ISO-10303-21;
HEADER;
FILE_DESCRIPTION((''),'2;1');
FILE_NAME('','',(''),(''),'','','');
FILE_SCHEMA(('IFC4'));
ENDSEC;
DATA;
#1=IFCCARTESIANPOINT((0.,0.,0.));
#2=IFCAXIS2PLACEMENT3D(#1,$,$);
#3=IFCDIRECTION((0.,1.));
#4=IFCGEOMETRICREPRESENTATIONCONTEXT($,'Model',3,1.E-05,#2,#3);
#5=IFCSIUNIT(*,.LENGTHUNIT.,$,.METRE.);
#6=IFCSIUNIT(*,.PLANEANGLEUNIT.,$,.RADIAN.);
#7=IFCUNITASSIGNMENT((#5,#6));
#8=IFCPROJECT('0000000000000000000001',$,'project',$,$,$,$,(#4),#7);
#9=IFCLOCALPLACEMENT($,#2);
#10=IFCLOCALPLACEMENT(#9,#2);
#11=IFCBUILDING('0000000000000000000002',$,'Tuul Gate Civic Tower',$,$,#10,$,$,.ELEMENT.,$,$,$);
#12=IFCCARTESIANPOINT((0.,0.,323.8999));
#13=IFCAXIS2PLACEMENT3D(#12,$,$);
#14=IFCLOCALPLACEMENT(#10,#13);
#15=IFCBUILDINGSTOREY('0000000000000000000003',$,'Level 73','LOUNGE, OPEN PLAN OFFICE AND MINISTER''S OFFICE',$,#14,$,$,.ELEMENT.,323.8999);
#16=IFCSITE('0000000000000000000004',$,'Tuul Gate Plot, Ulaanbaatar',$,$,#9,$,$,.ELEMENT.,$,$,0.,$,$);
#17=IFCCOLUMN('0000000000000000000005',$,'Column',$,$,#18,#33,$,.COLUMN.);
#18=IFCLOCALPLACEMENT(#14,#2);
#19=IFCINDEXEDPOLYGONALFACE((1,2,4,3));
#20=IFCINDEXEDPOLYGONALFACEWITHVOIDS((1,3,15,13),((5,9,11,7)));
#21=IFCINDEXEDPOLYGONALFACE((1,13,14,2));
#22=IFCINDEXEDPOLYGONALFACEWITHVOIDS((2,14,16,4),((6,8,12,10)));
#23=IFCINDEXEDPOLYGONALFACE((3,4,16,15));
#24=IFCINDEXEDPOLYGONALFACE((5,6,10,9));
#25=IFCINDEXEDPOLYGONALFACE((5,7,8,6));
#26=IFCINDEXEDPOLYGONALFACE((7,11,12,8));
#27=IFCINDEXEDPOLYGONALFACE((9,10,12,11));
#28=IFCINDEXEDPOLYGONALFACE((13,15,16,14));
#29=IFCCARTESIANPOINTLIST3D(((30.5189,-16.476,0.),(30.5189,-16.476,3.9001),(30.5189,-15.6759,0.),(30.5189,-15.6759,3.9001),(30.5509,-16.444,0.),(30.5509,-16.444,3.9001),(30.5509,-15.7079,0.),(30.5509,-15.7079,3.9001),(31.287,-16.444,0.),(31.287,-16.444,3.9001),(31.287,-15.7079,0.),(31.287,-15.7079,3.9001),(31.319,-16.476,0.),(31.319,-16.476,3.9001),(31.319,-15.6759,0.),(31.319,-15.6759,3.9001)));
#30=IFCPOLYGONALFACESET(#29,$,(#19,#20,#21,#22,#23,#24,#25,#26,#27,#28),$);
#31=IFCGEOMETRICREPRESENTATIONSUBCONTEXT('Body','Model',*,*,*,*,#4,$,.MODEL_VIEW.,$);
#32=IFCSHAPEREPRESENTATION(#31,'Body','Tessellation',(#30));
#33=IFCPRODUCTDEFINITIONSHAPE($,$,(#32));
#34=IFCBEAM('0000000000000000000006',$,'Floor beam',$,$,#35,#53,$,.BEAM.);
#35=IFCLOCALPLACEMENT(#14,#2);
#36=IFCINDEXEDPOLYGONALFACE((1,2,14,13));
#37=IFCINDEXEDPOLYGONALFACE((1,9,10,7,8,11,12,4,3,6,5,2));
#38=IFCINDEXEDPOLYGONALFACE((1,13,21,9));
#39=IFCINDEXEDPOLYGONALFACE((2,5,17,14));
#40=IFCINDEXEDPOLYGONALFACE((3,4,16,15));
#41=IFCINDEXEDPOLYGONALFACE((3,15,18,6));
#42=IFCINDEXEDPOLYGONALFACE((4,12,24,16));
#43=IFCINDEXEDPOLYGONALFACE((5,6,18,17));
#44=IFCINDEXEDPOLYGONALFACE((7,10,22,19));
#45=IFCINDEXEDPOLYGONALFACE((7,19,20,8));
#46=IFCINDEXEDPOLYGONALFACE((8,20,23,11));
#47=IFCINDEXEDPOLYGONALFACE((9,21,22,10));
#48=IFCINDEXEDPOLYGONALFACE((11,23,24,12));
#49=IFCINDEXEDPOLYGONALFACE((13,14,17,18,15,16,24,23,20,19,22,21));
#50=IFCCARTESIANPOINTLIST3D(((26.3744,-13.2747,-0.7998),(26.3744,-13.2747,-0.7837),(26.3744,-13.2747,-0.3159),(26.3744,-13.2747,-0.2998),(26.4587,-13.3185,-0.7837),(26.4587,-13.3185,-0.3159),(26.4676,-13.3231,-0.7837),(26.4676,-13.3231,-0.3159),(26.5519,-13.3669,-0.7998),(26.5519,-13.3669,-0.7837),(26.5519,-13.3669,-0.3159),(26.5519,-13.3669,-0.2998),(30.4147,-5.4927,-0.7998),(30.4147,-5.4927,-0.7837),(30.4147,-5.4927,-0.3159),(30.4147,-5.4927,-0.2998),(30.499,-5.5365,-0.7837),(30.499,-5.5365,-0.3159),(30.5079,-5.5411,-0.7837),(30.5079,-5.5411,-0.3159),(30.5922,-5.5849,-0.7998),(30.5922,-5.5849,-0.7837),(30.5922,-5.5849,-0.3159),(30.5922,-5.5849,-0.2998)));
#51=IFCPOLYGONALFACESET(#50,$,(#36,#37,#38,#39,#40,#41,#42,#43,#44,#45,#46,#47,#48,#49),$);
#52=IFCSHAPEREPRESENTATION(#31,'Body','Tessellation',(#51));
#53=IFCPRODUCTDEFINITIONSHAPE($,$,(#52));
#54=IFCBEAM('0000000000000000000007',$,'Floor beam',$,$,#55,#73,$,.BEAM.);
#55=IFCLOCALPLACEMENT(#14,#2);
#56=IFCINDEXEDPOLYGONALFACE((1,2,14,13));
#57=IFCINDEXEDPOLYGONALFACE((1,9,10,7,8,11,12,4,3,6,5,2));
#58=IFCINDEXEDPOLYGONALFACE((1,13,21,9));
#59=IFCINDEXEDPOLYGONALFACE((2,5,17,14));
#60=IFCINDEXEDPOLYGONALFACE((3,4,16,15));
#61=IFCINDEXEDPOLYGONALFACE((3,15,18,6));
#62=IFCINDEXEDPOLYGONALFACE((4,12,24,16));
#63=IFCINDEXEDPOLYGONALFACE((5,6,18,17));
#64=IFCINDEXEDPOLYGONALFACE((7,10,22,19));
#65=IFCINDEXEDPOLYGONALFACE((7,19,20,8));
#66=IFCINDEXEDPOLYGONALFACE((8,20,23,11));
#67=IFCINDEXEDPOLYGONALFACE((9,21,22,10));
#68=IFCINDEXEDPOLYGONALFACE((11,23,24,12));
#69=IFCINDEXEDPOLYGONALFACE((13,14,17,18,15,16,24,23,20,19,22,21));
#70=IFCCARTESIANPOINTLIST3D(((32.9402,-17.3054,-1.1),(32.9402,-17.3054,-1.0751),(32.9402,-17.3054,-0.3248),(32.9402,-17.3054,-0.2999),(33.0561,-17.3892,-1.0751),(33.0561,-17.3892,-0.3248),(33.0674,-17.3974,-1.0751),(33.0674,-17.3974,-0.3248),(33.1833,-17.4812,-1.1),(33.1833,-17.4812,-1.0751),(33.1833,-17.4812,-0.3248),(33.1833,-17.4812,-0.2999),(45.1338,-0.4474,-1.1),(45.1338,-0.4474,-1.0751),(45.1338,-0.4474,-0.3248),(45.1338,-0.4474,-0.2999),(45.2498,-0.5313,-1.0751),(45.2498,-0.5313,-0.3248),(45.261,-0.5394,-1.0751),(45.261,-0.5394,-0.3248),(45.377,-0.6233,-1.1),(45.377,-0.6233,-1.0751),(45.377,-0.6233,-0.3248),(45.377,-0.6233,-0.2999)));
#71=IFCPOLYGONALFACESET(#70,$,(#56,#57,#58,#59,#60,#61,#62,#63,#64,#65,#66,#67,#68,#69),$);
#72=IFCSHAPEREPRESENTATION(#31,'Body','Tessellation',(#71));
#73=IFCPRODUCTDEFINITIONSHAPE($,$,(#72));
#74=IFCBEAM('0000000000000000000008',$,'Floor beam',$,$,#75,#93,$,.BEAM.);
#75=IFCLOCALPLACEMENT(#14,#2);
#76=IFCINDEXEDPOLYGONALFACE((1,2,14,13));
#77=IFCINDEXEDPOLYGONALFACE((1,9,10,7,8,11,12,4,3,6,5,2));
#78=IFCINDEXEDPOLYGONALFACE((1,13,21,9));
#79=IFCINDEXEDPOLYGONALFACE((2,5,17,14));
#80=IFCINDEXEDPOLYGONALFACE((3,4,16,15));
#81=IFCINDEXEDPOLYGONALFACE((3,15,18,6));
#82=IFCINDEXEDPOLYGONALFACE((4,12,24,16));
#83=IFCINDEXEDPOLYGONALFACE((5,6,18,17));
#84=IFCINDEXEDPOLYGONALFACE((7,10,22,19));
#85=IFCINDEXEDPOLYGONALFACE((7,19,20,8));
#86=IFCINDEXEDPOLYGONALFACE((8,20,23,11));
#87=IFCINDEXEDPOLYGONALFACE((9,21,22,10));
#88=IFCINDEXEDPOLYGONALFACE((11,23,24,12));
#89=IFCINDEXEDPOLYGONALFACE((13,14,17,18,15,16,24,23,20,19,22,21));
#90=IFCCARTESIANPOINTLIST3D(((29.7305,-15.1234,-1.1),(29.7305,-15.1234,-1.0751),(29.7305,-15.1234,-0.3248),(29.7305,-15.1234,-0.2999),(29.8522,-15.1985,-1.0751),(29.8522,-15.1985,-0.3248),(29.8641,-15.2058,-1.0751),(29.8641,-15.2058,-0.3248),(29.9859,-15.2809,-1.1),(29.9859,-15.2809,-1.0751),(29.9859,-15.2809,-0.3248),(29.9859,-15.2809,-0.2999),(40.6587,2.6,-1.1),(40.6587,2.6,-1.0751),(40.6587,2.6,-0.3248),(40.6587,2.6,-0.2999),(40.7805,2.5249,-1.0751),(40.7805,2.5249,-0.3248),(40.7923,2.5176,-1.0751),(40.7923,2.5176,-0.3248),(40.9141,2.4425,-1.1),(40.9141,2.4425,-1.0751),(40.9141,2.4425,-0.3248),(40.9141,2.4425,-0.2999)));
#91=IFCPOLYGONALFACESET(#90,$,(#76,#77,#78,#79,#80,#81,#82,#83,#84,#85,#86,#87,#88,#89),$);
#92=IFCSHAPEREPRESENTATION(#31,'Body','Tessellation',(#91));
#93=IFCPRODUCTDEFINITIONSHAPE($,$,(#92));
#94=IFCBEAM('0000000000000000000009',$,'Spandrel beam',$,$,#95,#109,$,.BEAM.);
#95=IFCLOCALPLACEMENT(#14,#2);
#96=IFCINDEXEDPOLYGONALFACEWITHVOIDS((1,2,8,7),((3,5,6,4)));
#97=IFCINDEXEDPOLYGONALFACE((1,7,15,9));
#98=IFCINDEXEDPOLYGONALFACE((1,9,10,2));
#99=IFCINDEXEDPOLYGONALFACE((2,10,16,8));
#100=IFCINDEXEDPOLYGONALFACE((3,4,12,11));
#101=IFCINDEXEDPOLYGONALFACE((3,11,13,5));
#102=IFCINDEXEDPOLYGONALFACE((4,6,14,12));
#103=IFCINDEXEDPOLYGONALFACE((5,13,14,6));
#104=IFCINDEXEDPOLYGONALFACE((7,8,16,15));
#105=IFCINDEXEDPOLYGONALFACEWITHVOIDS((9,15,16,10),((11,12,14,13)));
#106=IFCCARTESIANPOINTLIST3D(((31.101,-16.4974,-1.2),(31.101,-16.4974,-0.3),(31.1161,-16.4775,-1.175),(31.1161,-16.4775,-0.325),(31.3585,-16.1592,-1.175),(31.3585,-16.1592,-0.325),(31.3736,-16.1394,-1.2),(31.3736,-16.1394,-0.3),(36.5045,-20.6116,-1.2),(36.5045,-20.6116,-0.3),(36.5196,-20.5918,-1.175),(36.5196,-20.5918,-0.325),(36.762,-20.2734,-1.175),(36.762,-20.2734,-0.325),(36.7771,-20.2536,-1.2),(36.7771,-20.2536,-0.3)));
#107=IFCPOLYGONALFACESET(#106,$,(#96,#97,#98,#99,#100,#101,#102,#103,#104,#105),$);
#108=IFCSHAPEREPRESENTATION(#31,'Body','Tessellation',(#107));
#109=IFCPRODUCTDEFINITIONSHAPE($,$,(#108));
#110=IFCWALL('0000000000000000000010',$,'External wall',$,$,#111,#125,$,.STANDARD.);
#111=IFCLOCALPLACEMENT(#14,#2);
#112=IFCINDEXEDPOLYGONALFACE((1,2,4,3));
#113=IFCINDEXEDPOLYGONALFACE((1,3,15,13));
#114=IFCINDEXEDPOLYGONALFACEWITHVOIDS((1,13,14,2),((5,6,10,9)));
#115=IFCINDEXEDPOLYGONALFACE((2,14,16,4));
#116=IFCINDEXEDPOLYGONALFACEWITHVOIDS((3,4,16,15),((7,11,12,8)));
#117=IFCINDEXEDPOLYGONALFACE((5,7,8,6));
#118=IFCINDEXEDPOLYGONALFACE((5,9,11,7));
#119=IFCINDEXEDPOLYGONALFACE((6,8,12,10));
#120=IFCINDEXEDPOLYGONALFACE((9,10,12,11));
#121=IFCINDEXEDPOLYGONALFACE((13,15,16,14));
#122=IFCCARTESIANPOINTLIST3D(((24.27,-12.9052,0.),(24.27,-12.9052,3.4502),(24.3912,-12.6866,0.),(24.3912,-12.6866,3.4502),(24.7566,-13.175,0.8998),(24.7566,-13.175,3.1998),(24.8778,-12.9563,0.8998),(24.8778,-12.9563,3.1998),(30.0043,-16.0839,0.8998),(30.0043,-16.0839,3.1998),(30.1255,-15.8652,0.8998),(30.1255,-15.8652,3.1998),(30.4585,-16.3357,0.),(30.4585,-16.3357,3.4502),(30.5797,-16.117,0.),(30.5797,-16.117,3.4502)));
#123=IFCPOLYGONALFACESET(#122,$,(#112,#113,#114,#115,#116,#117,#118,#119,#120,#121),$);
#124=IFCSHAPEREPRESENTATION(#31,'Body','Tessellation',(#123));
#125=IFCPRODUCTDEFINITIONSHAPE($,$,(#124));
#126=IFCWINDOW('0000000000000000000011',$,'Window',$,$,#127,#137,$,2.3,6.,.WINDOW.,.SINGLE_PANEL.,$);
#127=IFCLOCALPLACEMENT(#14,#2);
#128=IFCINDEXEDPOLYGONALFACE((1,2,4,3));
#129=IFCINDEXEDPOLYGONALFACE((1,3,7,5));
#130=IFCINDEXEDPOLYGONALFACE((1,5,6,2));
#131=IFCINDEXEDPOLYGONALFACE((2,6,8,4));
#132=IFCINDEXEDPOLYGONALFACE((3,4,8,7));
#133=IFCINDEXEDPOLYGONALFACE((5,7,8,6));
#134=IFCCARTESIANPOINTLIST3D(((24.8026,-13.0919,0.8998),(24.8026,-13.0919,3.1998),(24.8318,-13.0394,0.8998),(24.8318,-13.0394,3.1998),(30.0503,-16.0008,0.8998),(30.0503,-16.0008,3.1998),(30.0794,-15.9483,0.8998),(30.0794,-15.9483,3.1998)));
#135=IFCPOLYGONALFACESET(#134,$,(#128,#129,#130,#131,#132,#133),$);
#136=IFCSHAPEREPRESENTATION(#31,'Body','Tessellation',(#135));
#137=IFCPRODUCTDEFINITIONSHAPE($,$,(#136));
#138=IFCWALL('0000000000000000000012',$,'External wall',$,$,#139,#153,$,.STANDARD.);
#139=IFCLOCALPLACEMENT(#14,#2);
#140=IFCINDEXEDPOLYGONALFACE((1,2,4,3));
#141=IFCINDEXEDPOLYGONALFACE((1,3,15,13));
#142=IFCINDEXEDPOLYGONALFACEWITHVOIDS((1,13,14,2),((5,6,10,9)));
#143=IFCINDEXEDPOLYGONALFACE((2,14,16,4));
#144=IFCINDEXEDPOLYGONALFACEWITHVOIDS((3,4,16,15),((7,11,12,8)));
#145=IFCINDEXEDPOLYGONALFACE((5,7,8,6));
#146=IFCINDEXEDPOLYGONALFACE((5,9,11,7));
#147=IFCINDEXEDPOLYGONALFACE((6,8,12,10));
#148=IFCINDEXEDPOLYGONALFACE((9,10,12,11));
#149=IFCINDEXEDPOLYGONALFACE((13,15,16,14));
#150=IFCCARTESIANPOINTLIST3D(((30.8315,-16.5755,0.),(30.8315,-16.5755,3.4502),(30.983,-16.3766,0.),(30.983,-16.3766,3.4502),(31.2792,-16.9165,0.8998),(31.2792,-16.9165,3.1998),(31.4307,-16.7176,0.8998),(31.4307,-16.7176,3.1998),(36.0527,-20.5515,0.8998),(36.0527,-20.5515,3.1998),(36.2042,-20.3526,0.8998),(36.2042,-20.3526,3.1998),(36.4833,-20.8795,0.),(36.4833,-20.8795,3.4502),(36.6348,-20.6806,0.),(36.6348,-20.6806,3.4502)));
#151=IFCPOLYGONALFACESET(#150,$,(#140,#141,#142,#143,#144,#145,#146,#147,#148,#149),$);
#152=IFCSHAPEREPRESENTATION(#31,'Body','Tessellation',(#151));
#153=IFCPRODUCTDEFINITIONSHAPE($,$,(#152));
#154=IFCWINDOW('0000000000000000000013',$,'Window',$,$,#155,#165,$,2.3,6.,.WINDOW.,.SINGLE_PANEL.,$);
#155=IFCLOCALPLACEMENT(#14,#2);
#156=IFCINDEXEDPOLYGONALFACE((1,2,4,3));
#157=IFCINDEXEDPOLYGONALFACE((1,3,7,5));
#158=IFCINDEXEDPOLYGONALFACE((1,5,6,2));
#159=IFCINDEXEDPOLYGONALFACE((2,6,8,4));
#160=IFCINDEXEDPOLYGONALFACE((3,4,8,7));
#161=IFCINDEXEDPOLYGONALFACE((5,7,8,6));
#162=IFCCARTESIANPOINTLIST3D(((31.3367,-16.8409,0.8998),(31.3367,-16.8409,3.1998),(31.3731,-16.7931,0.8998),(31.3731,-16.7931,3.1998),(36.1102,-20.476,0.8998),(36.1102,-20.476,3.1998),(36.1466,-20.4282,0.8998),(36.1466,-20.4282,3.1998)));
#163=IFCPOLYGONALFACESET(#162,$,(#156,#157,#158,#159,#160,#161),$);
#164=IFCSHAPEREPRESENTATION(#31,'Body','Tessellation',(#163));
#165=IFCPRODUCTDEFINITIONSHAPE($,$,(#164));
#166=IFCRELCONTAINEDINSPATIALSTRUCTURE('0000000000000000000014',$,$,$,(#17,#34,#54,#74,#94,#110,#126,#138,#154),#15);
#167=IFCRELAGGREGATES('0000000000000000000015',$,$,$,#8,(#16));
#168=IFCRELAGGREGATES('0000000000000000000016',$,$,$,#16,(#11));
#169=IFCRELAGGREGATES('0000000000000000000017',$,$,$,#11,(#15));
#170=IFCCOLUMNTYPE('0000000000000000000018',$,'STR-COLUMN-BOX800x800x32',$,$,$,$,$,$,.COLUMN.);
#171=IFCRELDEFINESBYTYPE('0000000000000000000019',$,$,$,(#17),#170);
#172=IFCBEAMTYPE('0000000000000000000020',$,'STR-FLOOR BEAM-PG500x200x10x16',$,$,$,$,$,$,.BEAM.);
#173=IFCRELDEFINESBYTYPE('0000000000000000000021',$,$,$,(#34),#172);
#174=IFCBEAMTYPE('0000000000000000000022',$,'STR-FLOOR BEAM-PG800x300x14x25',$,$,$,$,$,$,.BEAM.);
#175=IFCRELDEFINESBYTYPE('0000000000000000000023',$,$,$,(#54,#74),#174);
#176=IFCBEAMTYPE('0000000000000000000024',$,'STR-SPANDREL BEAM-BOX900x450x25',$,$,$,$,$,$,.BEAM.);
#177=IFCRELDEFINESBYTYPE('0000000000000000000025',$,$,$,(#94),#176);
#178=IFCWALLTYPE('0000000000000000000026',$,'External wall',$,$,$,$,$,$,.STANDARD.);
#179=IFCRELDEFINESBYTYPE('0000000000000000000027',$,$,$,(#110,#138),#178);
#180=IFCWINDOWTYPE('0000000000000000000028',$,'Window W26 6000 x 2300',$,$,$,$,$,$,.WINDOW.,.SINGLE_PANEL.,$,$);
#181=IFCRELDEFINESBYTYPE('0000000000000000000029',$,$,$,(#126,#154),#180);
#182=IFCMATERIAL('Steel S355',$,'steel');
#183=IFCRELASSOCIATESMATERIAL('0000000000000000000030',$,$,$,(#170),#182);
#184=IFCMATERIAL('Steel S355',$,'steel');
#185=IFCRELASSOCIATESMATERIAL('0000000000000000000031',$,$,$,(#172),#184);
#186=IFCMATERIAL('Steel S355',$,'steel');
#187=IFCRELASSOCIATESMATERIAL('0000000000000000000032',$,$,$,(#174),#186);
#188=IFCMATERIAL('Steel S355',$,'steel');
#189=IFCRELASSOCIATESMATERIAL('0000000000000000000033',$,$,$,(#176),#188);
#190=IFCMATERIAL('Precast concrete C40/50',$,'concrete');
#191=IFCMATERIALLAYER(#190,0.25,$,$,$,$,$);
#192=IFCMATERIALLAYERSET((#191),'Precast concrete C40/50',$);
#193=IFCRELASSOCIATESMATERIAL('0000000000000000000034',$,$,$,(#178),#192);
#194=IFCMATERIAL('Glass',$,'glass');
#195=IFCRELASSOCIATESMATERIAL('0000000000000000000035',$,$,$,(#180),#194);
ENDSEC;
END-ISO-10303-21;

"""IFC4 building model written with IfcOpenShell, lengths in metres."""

from ifc_helpers import new_model, si_unit, direction, frame, frame_2d, origin, origin_2d, place, context, subcontext, project, spatial, rectangle, hollow_rectangle, i_section, extrude, material, layer, layer_set, material_profile, profile_set, type_object, element, fill, save


model = new_model("IFC4")

# Units and contexts
model_context = context("Model", 3, precision=1e-05, world=origin(), true_north=direction((0.0, 1.0)))
body_context = subcontext(model_context, "Body", "Model", "MODEL_VIEW")
ifc_project = project(units=[si_unit("LENGTHUNIT", "METRE"), si_unit("PLANEANGLEUNIT", "RADIAN")], contexts=[model_context])

# Site, building, storey
site_placement = place(None, origin())
site = spatial("IfcSite", under=ifc_project, at=site_placement, Name="Tuul Gate Plot, Ulaanbaatar", CompositionType="ELEMENT", RefElevation=0.0)
building_placement = place(site_placement, origin())
building = spatial("IfcBuilding", under=site, at=building_placement, Name="Tuul Gate Civic Tower", CompositionType="ELEMENT")
storey_placement = place(building_placement, frame((0.0, 0.0, 323.8999)))
storey = spatial("IfcBuildingStorey", under=building, at=storey_placement, Name="Level 73", Description="LOUNGE, OPEN PLAN OFFICE AND MINISTER'S OFFICE", CompositionType="ELEMENT", Elevation=323.8999)

# Column
ifc_material_1 = material(Name="Steel S355", Category="steel")
ifc_material_profile_1 = material_profile(ifc_material_1, hollow_rectangle(XDim=0.8, YDim=0.8, WallThickness=0.032, at=origin_2d()), Name="BOX800x800x32")
ifc_profile_set_1 = profile_set([ifc_material_profile_1], Name="Steel S355")
column_type = type_object("IfcColumnType", Name="STR-COLUMN-BOX800x800x32", PredefinedType="COLUMN", material=ifc_profile_set_1)
column_placement = place(storey_placement, frame((30.9189, -16.0759, 0.0), z_axis=(0.0, 0.0, 1.0), x_axis=(1.0, 0.0, 0.0)))
element("IfcColumn", 1, at=column_placement, inside=storey, type_object=column_type, Name="Column", PredefinedType="COLUMN", context=body_context, shape_type="SweptSolid", body=[
    extrude(hollow_rectangle(XDim=0.8, YDim=0.8, WallThickness=0.032, at=origin_2d()), origin(), (0.0, 0.0, 1.0), 3.9001),
])

# Beams
ifc_material_2 = material(Name="Steel S355", Category="steel")
ifc_material_profile_2 = material_profile(ifc_material_2, i_section(OverallWidth=0.2, OverallDepth=0.5, WebThickness=0.01, FlangeThickness=0.0161, at=origin_2d()), Name="PG500x200x10x16")
ifc_profile_set_2 = profile_set([ifc_material_profile_2], Name="Steel S355")
beam_type_1 = type_object("IfcBeamType", Name="STR-FLOOR BEAM-PG500x200x10x16", PredefinedType="BEAM", material=ifc_profile_set_2)
beam_1_placement = place(storey_placement, frame((26.4631, -13.3208, -0.5498), z_axis=(0.460783, 0.887513, 0.0), x_axis=(-0.887513, 0.460783, 0.0)))
element("IfcBeam", 2, at=beam_1_placement, inside=storey, type_object=beam_type_1, Name="Floor beam", PredefinedType="BEAM", context=body_context, shape_type="SweptSolid", body=[
    extrude(i_section(OverallWidth=0.2, OverallDepth=0.5, WebThickness=0.01, FlangeThickness=0.0161, at=origin_2d()), origin(), (0.0, 0.0, 1.0), 8.7683),
])
ifc_material_3 = material(Name="Steel S355", Category="steel")
ifc_material_profile_3 = material_profile(ifc_material_3, i_section(OverallWidth=0.3, OverallDepth=0.8, WebThickness=0.0139, FlangeThickness=0.0249, at=origin_2d()), Name="PG800x300x14x25")
ifc_profile_set_3 = profile_set([ifc_material_profile_3], Name="Steel S355")
beam_type_2 = type_object("IfcBeamType", Name="STR-FLOOR BEAM-PG800x300x14x25", PredefinedType="BEAM", material=ifc_profile_set_3)
beam_2_placement = place(storey_placement, frame((33.0618, -17.3933, -0.7), z_axis=(0.586073, 0.810258, 0.0), x_axis=(-0.810258, 0.586073, 0.0)))
element("IfcBeam", 3, at=beam_2_placement, inside=storey, type_object=beam_type_2, Name="Floor beam", PredefinedType="BEAM", context=body_context, shape_type="SweptSolid", body=[
    extrude(i_section(OverallWidth=0.3, OverallDepth=0.8, WebThickness=0.0139, FlangeThickness=0.0249, at=origin_2d()), origin(), (0.0, 0.0, 1.0), 20.8057),
])
beam_3_placement = place(storey_placement, frame((29.8582, -15.2021, -0.7), z_axis=(0.524847, 0.851197, 0.0), x_axis=(-0.851197, 0.524847, 0.0)))
element("IfcBeam", 4, at=beam_3_placement, inside=storey, type_object=beam_type_2, Name="Floor beam", PredefinedType="BEAM", context=body_context, shape_type="SweptSolid", body=[
    extrude(i_section(OverallWidth=0.3, OverallDepth=0.8, WebThickness=0.0139, FlangeThickness=0.0249, at=origin_2d()), origin(), (0.0, 0.0, 1.0), 20.8218),
])
ifc_material_4 = material(Name="Steel S355", Category="steel")
ifc_material_profile_4 = material_profile(ifc_material_4, hollow_rectangle(XDim=0.45, YDim=0.8999, WallThickness=0.0249, at=origin_2d()), Name="BOX900x450x25")
ifc_profile_set_4 = profile_set([ifc_material_profile_4], Name="Steel S355")
beam_type_3 = type_object("IfcBeamType", Name="STR-SPANDREL BEAM-BOX900x450x25", PredefinedType="BEAM", material=ifc_profile_set_4)
beam_4_placement = place(storey_placement, frame((31.2373, -16.3184, -0.75), z_axis=(0.795626, -0.605788, 0.0), x_axis=(0.605788, 0.795626, 0.0)))
element("IfcBeam", 5, at=beam_4_placement, inside=storey, type_object=beam_type_3, Name="Spandrel beam", PredefinedType="BEAM", context=body_context, shape_type="SweptSolid", body=[
    extrude(hollow_rectangle(XDim=0.45, YDim=0.8999, WallThickness=0.0249, at=origin_2d()), origin(), (0.0, 0.0, 1.0), 6.7915),
])

# Walls, openings, windows
ifc_material_5 = material(Name="Precast concrete C40/50", Category="concrete")
ifc_layer_1 = layer(ifc_material_5, 0.25)
ifc_layer_set_1 = layer_set([ifc_layer_1], Name="Precast concrete C40/50")
wall_type_1 = type_object("IfcWallType", Name="External wall", PredefinedType="STANDARD", material=ifc_layer_set_1)
wall_1_placement = place(storey_placement, frame((24.3306, -12.7959, 0.0), z_axis=(0.0, 0.0, 1.0), x_axis=(0.874614, -0.484819, 0.0)))
wall_1 = element("IfcWall", 6, at=wall_1_placement, inside=storey, type_object=wall_type_1, Name="External wall", PredefinedType="STANDARD", context=body_context, shape_type="SweptSolid", body=[
    extrude(rectangle(XDim=7.0757, YDim=0.25, at=frame_2d((3.5378, 0.0))), origin(), (0.0, 0.0, 1.0), 3.4502),
])
opening_1_placement = place(wall_1_placement, frame((0.5564, 0.0, 0.8999)))
opening_1 = element("IfcOpeningElement", 7, at=opening_1_placement, cuts=wall_1, PredefinedType="OPENING", context=body_context, shape_type="SweptSolid", body=[
    extrude(rectangle(XDim=6.0, YDim=2.3, at=frame_2d((3.0, 1.1499))), frame((0.0, 0.135, 0.0), z_axis=(0.0, -1.0, 0.0), x_axis=(1.0, 0.0, 0.0)), (0.0, 0.0, 1.0), 0.27),
])
ifc_material_6 = material(Name="Glass", Category="glass")
window_type = type_object("IfcWindowType", Name="Window W26 6000 x 2300", PartitioningType="SINGLE_PANEL", PredefinedType="WINDOW", material=ifc_material_6)
window_1_placement = place(opening_1_placement, origin())
window_1 = element("IfcWindow", 8, at=window_1_placement, inside=storey, type_object=window_type, Name="Window", OverallHeight=2.3, OverallWidth=6.0, PartitioningType="SINGLE_PANEL", PredefinedType="WINDOW", context=body_context, shape_type="SweptSolid", body=[
    extrude(rectangle(XDim=6.0, YDim=2.3, at=frame_2d((3.0, 1.1499))), frame((0.0, 0.03, 0.0), z_axis=(0.0, -1.0, 0.0), x_axis=(1.0, 0.0, 0.0)), (0.0, 0.0, 1.0), 0.0601),
])
fill(opening_1, window_1)
wall_2_placement = place(storey_placement, frame((30.9072, -16.4761, 0.0), z_axis=(0.0, 0.0, 1.0), x_axis=(0.795582, -0.605845, 0.0)))
wall_2 = element("IfcWall", 9, at=wall_2_placement, inside=storey, type_object=wall_type_1, Name="External wall", PredefinedType="STANDARD", context=body_context, shape_type="SweptSolid", body=[
    extrude(rectangle(XDim=7.104, YDim=0.25, at=frame_2d((3.552, 0.0))), origin(), (0.0, 0.0, 1.0), 3.4502),
])
opening_2_placement = place(wall_2_placement, frame((0.5627, 0.0, 0.8999)))
opening_2 = element("IfcOpeningElement", 10, at=opening_2_placement, cuts=wall_2, PredefinedType="OPENING", context=body_context, shape_type="SweptSolid", body=[
    extrude(rectangle(XDim=6.0, YDim=2.3, at=frame_2d((3.0, 1.1499))), frame((0.0, 0.135, 0.0), z_axis=(0.0, -1.0, 0.0), x_axis=(1.0, 0.0, 0.0)), (0.0, 0.0, 1.0), 0.27),
])
window_2_placement = place(opening_2_placement, origin())
window_2 = element("IfcWindow", 11, at=window_2_placement, inside=storey, type_object=window_type, Name="Window", OverallHeight=2.3, OverallWidth=6.0, PartitioningType="SINGLE_PANEL", PredefinedType="WINDOW", context=body_context, shape_type="SweptSolid", body=[
    extrude(rectangle(XDim=6.0, YDim=2.3, at=frame_2d((3.0, 1.1499))), frame((0.0, 0.03, 0.0), z_axis=(0.0, -1.0, 0.0), x_axis=(1.0, 0.0, 0.0)), (0.0, 0.0, 1.0), 0.0601),
])
fill(opening_2, window_2)

save(model, "model.ifc")
